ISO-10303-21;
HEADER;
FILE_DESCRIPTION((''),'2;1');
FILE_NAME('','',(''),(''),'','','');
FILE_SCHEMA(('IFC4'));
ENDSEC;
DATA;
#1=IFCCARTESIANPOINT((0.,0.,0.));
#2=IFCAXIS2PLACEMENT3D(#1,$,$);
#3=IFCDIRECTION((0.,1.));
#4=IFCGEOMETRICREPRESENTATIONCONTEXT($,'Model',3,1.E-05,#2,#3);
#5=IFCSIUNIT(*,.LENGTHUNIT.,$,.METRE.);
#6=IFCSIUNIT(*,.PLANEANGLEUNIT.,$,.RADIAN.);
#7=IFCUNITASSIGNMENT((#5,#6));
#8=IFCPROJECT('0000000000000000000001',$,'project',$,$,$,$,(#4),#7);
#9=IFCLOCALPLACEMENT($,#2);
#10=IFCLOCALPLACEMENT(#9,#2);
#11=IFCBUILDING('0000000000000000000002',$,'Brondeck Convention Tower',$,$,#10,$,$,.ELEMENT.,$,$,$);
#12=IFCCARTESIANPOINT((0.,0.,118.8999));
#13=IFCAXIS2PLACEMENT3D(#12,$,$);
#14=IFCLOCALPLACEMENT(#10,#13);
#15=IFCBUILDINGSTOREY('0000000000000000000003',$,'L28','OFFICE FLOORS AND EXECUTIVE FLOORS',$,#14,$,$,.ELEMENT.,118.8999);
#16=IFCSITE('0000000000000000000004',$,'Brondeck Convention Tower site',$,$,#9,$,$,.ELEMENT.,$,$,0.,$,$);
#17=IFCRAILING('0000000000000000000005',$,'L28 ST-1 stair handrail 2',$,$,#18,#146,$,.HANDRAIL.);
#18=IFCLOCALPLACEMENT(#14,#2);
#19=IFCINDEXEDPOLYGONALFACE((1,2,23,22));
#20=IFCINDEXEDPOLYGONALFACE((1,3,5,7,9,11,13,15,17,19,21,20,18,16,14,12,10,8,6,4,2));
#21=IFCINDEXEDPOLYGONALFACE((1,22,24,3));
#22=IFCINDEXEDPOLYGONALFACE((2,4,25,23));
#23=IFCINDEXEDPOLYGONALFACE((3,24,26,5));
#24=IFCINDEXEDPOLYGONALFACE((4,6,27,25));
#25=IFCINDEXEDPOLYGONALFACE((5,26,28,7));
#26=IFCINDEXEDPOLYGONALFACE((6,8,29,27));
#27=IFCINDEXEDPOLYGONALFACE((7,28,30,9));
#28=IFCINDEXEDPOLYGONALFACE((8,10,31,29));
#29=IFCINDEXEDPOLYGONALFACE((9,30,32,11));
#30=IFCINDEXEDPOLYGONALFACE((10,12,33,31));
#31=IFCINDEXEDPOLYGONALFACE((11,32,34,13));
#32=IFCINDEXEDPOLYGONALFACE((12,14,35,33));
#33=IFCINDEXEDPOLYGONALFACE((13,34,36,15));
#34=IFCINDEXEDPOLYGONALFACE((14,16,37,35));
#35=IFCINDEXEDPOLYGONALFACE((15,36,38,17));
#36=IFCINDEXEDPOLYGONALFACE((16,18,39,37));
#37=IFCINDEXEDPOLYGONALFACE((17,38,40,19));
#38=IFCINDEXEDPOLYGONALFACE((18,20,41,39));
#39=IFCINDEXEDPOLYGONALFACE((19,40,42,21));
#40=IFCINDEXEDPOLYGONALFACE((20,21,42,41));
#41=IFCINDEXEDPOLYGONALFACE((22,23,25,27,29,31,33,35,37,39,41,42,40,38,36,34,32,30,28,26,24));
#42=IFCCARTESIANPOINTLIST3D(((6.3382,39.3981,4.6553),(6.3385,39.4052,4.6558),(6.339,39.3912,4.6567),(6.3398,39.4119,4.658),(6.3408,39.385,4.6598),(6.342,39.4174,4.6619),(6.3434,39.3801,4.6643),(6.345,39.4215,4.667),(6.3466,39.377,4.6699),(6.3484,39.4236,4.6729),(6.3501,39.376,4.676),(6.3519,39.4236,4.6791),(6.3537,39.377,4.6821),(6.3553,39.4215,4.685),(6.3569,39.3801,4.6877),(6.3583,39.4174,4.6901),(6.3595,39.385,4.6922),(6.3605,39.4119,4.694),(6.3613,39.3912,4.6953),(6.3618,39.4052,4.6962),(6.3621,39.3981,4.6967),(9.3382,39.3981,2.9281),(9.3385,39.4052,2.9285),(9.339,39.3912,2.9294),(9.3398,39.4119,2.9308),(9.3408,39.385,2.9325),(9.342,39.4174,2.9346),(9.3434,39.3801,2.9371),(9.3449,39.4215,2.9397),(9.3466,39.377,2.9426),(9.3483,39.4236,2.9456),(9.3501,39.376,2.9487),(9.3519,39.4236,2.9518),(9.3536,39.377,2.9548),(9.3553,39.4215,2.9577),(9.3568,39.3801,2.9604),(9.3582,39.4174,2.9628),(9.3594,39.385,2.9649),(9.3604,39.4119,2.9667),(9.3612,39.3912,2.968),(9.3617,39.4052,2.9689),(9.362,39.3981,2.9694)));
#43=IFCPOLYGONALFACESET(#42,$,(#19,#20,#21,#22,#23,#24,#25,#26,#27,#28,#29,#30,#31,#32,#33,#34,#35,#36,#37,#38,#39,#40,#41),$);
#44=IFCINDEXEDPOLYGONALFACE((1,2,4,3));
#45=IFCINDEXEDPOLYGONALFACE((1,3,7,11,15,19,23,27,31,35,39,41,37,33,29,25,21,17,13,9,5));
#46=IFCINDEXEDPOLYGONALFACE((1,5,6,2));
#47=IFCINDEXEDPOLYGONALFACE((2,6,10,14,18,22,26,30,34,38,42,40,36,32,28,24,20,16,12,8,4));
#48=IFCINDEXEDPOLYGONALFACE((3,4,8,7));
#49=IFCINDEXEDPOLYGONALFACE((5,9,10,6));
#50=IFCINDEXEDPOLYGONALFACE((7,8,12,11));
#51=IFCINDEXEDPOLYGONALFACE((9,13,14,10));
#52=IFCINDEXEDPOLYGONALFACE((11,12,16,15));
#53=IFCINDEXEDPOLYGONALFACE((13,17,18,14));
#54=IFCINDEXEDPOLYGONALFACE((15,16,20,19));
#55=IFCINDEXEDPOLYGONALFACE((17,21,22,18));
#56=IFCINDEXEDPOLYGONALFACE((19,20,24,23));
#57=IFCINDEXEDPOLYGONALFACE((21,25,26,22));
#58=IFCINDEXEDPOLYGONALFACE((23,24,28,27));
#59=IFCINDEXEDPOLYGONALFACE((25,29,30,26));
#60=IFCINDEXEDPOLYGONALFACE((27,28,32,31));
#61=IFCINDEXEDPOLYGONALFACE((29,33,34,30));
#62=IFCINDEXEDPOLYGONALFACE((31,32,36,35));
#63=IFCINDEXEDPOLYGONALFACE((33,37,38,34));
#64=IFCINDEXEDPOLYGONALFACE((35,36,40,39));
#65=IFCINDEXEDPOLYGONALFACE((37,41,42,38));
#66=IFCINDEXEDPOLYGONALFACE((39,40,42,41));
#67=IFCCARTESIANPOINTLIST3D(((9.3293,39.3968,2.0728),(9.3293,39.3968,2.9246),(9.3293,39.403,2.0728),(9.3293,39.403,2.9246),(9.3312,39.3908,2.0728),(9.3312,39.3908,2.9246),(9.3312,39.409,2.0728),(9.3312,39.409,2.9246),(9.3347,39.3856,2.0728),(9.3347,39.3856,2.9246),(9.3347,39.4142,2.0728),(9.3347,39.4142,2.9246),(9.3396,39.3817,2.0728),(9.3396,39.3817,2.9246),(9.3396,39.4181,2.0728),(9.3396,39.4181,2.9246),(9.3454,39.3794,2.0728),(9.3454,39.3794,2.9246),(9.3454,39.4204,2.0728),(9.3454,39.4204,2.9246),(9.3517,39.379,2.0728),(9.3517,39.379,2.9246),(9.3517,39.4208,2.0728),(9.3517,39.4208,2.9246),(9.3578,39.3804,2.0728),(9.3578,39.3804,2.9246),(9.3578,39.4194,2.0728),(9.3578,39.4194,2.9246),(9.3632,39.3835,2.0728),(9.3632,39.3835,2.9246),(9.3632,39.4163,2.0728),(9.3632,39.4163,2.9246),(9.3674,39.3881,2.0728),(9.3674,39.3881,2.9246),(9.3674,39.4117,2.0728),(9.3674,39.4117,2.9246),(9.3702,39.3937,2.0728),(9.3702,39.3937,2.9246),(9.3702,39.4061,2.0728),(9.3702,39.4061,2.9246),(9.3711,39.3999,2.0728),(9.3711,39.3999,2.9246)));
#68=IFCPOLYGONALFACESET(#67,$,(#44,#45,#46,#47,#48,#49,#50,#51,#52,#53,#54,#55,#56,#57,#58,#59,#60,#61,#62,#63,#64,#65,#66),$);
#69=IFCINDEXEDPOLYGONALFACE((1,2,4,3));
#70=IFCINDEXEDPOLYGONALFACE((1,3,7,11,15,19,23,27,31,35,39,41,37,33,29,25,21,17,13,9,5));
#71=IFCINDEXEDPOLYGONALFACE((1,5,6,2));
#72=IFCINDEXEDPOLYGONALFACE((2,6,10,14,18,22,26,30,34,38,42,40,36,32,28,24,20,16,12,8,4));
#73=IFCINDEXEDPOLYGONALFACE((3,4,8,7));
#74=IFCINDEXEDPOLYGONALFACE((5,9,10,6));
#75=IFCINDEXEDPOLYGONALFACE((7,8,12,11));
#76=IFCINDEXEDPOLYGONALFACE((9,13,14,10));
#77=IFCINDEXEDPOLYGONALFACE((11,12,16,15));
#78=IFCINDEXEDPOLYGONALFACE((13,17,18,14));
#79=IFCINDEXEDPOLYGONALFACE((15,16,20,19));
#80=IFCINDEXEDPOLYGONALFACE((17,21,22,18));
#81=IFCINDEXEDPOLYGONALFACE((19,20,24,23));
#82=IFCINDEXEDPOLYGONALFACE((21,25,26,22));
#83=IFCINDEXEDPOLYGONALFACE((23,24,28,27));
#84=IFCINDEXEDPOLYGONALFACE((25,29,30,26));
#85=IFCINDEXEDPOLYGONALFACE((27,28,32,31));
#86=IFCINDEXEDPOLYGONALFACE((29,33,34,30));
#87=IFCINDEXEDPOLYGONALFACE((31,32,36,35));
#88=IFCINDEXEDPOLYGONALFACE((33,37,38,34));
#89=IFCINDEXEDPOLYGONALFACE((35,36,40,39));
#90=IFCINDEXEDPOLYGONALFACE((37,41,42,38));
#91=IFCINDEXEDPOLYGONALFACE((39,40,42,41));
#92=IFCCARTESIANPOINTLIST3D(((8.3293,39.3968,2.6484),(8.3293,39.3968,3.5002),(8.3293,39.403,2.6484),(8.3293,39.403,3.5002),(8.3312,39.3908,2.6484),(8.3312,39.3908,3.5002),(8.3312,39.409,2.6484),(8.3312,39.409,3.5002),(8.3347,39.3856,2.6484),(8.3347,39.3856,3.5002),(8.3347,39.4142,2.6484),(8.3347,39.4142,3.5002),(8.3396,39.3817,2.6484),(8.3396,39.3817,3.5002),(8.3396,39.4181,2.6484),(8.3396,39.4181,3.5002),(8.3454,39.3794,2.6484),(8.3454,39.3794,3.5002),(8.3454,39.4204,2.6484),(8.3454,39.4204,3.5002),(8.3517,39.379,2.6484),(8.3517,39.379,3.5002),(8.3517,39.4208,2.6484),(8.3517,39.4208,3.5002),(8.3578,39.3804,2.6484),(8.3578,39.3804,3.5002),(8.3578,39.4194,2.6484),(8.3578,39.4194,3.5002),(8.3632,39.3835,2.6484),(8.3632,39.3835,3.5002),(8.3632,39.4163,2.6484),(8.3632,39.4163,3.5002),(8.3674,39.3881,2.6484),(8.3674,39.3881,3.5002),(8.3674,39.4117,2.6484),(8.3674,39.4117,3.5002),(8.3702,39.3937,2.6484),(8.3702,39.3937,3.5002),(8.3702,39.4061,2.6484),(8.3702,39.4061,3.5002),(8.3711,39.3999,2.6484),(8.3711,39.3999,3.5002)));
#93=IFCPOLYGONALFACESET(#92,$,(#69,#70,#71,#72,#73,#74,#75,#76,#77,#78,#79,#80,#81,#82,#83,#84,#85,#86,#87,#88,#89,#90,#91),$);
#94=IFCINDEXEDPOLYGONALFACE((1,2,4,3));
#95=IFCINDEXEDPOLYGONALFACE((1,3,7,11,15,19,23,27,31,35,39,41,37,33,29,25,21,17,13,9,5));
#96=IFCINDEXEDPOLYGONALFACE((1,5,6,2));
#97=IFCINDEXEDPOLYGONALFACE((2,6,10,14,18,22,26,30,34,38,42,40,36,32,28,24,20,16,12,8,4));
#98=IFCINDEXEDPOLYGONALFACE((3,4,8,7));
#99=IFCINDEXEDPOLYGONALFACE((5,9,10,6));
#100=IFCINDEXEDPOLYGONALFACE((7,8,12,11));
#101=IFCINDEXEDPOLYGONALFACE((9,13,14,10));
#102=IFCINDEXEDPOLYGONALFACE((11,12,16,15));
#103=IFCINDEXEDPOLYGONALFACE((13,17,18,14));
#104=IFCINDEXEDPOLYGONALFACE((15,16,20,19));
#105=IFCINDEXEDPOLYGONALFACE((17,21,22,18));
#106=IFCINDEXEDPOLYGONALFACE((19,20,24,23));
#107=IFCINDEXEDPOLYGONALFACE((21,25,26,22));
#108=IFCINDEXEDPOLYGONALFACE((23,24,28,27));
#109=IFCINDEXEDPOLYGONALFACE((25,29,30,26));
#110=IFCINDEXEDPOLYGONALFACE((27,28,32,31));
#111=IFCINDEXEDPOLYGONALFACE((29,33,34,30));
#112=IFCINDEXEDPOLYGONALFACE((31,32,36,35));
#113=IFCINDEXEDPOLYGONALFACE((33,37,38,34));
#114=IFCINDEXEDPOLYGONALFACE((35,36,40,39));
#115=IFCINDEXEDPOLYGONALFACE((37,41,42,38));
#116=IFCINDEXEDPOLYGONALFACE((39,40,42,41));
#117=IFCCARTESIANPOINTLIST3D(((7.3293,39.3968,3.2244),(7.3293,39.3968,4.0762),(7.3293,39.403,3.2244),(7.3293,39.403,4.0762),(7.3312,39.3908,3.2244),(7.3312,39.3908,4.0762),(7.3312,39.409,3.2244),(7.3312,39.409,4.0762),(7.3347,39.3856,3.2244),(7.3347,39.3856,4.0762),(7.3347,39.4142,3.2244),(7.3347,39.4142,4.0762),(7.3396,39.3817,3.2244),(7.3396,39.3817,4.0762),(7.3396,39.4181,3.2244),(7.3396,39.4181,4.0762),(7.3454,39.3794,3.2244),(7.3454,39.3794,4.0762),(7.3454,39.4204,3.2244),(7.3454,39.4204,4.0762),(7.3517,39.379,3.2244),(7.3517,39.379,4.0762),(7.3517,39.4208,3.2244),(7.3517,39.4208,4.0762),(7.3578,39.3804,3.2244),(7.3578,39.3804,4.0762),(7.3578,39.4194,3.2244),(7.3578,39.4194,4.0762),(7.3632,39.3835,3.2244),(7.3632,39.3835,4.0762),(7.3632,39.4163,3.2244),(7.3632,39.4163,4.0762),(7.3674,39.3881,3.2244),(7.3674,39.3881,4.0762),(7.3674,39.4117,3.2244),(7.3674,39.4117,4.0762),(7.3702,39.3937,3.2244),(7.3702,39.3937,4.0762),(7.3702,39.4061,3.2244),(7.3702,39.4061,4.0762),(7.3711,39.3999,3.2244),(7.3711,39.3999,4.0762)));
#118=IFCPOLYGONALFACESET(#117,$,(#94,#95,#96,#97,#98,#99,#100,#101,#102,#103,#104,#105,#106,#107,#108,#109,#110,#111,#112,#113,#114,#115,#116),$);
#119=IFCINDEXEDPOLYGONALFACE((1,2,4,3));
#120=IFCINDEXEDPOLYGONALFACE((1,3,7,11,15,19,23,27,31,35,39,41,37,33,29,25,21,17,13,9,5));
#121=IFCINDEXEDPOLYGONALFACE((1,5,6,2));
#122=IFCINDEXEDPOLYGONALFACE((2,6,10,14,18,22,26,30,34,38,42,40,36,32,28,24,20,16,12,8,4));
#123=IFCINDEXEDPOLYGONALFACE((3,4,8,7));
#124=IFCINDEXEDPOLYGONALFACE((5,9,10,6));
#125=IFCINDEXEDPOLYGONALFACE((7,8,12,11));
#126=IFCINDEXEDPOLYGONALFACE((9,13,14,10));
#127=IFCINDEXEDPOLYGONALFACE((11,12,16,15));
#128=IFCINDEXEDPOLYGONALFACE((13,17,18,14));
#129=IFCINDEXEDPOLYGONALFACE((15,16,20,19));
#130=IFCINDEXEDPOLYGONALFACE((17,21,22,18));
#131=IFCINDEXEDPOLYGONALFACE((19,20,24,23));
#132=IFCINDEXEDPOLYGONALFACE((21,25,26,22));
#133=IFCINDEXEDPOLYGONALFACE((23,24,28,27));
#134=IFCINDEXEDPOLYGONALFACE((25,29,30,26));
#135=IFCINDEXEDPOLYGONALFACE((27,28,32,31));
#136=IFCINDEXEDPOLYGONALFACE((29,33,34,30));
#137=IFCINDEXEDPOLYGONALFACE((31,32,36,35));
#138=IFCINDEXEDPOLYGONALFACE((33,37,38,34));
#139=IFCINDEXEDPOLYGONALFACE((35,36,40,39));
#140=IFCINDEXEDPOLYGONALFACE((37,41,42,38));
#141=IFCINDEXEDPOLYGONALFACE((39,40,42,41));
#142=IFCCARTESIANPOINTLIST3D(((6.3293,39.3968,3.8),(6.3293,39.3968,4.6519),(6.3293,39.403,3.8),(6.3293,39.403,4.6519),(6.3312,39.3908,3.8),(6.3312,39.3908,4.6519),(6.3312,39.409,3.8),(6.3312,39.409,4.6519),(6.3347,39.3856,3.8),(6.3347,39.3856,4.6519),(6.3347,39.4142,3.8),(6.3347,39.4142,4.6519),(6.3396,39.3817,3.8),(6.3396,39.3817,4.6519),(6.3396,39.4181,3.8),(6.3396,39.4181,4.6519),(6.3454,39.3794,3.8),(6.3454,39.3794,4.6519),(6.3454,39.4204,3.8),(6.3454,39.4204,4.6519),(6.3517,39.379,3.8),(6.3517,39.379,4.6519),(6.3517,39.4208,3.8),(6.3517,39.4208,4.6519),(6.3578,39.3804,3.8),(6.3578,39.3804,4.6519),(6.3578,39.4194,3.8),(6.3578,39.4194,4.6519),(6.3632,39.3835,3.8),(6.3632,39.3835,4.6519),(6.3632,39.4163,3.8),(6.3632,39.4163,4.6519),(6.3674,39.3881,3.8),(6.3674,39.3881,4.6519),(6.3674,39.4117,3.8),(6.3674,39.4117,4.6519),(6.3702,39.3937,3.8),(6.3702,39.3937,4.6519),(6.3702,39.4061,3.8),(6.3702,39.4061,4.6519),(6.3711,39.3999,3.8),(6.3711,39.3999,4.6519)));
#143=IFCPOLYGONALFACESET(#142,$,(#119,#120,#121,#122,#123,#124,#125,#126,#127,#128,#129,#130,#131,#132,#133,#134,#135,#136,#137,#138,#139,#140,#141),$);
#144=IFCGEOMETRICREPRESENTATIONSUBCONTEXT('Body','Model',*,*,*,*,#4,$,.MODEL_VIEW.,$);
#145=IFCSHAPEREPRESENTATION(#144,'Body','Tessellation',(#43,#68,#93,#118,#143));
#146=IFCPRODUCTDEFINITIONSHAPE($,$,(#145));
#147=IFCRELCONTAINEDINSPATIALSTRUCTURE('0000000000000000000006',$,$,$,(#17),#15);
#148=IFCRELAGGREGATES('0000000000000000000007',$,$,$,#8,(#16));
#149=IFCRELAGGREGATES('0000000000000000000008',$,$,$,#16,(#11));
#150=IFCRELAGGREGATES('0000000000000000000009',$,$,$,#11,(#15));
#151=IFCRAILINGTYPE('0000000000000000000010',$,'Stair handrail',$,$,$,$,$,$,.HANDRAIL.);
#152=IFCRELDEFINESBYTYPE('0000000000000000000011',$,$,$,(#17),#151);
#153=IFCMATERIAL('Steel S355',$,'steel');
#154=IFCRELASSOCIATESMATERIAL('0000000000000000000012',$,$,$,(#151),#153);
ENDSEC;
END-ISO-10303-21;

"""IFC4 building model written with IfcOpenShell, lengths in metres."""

from ifc_helpers import new_model, si_unit, direction, frame, origin, origin_2d, place, context, subcontext, project, spatial, circle, extrude, material, type_object, element, save


model = new_model("IFC4")

# Units and contexts
model_context = context("Model", 3, precision=1e-05, world=origin(), true_north=direction((0.0, 1.0)))
body_context = subcontext(model_context, "Body", "Model", "MODEL_VIEW")
ifc_project = project(units=[si_unit("LENGTHUNIT", "METRE"), si_unit("PLANEANGLEUNIT", "RADIAN")], contexts=[model_context])

# Site, building, storey
site_placement = place(None, origin())
site = spatial("IfcSite", under=ifc_project, at=site_placement, Name="Brondeck Convention Tower site", CompositionType="ELEMENT", RefElevation=0.0)
building_placement = place(site_placement, origin())
building = spatial("IfcBuilding", under=site, at=building_placement, Name="Brondeck Convention Tower", CompositionType="ELEMENT")
storey_placement = place(building_placement, frame((0.0, 0.0, 118.8999)))
storey = spatial("IfcBuildingStorey", under=building, at=storey_placement, Name="L28", Description="OFFICE FLOORS AND EXECUTIVE FLOORS", CompositionType="ELEMENT", Elevation=118.8999)

# Railing
ifc_material_1 = material(Name="Steel S355", Category="steel")
railing_type = type_object("IfcRailingType", Name="Stair handrail", PredefinedType="HANDRAIL", material=ifc_material_1)
railing_placement = place(storey_placement, frame((9.3501, 39.3999, 2.0728)))
element("IfcRailing", 1, at=railing_placement, inside=storey, type_object=railing_type, Name="L28 ST-1 stair handrail 2", PredefinedType="HANDRAIL", context=body_context, shape_type="SweptSolid", body=[
    extrude(circle(Radius=0.0239, at=origin_2d()), frame((0.0, 0.0, 0.876), z_axis=(-0.86662, 0.0, 0.498969), x_axis=(0.0, -1.0, 0.0)), (0.0, 0.0, 1.0), 3.4617),
    extrude(circle(Radius=0.021, at=origin_2d()), origin(), (0.0, 0.0, 1.0), 0.8518),
    extrude(circle(Radius=0.021, at=origin_2d()), frame((-1.0, 0.0, 0.5757)), (0.0, 0.0, 1.0), 0.8518),
    extrude(circle(Radius=0.021, at=origin_2d()), frame((-2.0, 0.0, 1.1516)), (0.0, 0.0, 1.0), 0.8518),
    extrude(circle(Radius=0.021, at=origin_2d()), frame((-3.0, 0.0, 1.7273)), (0.0, 0.0, 1.0), 0.8518),
])

save(model, "model.ifc")
